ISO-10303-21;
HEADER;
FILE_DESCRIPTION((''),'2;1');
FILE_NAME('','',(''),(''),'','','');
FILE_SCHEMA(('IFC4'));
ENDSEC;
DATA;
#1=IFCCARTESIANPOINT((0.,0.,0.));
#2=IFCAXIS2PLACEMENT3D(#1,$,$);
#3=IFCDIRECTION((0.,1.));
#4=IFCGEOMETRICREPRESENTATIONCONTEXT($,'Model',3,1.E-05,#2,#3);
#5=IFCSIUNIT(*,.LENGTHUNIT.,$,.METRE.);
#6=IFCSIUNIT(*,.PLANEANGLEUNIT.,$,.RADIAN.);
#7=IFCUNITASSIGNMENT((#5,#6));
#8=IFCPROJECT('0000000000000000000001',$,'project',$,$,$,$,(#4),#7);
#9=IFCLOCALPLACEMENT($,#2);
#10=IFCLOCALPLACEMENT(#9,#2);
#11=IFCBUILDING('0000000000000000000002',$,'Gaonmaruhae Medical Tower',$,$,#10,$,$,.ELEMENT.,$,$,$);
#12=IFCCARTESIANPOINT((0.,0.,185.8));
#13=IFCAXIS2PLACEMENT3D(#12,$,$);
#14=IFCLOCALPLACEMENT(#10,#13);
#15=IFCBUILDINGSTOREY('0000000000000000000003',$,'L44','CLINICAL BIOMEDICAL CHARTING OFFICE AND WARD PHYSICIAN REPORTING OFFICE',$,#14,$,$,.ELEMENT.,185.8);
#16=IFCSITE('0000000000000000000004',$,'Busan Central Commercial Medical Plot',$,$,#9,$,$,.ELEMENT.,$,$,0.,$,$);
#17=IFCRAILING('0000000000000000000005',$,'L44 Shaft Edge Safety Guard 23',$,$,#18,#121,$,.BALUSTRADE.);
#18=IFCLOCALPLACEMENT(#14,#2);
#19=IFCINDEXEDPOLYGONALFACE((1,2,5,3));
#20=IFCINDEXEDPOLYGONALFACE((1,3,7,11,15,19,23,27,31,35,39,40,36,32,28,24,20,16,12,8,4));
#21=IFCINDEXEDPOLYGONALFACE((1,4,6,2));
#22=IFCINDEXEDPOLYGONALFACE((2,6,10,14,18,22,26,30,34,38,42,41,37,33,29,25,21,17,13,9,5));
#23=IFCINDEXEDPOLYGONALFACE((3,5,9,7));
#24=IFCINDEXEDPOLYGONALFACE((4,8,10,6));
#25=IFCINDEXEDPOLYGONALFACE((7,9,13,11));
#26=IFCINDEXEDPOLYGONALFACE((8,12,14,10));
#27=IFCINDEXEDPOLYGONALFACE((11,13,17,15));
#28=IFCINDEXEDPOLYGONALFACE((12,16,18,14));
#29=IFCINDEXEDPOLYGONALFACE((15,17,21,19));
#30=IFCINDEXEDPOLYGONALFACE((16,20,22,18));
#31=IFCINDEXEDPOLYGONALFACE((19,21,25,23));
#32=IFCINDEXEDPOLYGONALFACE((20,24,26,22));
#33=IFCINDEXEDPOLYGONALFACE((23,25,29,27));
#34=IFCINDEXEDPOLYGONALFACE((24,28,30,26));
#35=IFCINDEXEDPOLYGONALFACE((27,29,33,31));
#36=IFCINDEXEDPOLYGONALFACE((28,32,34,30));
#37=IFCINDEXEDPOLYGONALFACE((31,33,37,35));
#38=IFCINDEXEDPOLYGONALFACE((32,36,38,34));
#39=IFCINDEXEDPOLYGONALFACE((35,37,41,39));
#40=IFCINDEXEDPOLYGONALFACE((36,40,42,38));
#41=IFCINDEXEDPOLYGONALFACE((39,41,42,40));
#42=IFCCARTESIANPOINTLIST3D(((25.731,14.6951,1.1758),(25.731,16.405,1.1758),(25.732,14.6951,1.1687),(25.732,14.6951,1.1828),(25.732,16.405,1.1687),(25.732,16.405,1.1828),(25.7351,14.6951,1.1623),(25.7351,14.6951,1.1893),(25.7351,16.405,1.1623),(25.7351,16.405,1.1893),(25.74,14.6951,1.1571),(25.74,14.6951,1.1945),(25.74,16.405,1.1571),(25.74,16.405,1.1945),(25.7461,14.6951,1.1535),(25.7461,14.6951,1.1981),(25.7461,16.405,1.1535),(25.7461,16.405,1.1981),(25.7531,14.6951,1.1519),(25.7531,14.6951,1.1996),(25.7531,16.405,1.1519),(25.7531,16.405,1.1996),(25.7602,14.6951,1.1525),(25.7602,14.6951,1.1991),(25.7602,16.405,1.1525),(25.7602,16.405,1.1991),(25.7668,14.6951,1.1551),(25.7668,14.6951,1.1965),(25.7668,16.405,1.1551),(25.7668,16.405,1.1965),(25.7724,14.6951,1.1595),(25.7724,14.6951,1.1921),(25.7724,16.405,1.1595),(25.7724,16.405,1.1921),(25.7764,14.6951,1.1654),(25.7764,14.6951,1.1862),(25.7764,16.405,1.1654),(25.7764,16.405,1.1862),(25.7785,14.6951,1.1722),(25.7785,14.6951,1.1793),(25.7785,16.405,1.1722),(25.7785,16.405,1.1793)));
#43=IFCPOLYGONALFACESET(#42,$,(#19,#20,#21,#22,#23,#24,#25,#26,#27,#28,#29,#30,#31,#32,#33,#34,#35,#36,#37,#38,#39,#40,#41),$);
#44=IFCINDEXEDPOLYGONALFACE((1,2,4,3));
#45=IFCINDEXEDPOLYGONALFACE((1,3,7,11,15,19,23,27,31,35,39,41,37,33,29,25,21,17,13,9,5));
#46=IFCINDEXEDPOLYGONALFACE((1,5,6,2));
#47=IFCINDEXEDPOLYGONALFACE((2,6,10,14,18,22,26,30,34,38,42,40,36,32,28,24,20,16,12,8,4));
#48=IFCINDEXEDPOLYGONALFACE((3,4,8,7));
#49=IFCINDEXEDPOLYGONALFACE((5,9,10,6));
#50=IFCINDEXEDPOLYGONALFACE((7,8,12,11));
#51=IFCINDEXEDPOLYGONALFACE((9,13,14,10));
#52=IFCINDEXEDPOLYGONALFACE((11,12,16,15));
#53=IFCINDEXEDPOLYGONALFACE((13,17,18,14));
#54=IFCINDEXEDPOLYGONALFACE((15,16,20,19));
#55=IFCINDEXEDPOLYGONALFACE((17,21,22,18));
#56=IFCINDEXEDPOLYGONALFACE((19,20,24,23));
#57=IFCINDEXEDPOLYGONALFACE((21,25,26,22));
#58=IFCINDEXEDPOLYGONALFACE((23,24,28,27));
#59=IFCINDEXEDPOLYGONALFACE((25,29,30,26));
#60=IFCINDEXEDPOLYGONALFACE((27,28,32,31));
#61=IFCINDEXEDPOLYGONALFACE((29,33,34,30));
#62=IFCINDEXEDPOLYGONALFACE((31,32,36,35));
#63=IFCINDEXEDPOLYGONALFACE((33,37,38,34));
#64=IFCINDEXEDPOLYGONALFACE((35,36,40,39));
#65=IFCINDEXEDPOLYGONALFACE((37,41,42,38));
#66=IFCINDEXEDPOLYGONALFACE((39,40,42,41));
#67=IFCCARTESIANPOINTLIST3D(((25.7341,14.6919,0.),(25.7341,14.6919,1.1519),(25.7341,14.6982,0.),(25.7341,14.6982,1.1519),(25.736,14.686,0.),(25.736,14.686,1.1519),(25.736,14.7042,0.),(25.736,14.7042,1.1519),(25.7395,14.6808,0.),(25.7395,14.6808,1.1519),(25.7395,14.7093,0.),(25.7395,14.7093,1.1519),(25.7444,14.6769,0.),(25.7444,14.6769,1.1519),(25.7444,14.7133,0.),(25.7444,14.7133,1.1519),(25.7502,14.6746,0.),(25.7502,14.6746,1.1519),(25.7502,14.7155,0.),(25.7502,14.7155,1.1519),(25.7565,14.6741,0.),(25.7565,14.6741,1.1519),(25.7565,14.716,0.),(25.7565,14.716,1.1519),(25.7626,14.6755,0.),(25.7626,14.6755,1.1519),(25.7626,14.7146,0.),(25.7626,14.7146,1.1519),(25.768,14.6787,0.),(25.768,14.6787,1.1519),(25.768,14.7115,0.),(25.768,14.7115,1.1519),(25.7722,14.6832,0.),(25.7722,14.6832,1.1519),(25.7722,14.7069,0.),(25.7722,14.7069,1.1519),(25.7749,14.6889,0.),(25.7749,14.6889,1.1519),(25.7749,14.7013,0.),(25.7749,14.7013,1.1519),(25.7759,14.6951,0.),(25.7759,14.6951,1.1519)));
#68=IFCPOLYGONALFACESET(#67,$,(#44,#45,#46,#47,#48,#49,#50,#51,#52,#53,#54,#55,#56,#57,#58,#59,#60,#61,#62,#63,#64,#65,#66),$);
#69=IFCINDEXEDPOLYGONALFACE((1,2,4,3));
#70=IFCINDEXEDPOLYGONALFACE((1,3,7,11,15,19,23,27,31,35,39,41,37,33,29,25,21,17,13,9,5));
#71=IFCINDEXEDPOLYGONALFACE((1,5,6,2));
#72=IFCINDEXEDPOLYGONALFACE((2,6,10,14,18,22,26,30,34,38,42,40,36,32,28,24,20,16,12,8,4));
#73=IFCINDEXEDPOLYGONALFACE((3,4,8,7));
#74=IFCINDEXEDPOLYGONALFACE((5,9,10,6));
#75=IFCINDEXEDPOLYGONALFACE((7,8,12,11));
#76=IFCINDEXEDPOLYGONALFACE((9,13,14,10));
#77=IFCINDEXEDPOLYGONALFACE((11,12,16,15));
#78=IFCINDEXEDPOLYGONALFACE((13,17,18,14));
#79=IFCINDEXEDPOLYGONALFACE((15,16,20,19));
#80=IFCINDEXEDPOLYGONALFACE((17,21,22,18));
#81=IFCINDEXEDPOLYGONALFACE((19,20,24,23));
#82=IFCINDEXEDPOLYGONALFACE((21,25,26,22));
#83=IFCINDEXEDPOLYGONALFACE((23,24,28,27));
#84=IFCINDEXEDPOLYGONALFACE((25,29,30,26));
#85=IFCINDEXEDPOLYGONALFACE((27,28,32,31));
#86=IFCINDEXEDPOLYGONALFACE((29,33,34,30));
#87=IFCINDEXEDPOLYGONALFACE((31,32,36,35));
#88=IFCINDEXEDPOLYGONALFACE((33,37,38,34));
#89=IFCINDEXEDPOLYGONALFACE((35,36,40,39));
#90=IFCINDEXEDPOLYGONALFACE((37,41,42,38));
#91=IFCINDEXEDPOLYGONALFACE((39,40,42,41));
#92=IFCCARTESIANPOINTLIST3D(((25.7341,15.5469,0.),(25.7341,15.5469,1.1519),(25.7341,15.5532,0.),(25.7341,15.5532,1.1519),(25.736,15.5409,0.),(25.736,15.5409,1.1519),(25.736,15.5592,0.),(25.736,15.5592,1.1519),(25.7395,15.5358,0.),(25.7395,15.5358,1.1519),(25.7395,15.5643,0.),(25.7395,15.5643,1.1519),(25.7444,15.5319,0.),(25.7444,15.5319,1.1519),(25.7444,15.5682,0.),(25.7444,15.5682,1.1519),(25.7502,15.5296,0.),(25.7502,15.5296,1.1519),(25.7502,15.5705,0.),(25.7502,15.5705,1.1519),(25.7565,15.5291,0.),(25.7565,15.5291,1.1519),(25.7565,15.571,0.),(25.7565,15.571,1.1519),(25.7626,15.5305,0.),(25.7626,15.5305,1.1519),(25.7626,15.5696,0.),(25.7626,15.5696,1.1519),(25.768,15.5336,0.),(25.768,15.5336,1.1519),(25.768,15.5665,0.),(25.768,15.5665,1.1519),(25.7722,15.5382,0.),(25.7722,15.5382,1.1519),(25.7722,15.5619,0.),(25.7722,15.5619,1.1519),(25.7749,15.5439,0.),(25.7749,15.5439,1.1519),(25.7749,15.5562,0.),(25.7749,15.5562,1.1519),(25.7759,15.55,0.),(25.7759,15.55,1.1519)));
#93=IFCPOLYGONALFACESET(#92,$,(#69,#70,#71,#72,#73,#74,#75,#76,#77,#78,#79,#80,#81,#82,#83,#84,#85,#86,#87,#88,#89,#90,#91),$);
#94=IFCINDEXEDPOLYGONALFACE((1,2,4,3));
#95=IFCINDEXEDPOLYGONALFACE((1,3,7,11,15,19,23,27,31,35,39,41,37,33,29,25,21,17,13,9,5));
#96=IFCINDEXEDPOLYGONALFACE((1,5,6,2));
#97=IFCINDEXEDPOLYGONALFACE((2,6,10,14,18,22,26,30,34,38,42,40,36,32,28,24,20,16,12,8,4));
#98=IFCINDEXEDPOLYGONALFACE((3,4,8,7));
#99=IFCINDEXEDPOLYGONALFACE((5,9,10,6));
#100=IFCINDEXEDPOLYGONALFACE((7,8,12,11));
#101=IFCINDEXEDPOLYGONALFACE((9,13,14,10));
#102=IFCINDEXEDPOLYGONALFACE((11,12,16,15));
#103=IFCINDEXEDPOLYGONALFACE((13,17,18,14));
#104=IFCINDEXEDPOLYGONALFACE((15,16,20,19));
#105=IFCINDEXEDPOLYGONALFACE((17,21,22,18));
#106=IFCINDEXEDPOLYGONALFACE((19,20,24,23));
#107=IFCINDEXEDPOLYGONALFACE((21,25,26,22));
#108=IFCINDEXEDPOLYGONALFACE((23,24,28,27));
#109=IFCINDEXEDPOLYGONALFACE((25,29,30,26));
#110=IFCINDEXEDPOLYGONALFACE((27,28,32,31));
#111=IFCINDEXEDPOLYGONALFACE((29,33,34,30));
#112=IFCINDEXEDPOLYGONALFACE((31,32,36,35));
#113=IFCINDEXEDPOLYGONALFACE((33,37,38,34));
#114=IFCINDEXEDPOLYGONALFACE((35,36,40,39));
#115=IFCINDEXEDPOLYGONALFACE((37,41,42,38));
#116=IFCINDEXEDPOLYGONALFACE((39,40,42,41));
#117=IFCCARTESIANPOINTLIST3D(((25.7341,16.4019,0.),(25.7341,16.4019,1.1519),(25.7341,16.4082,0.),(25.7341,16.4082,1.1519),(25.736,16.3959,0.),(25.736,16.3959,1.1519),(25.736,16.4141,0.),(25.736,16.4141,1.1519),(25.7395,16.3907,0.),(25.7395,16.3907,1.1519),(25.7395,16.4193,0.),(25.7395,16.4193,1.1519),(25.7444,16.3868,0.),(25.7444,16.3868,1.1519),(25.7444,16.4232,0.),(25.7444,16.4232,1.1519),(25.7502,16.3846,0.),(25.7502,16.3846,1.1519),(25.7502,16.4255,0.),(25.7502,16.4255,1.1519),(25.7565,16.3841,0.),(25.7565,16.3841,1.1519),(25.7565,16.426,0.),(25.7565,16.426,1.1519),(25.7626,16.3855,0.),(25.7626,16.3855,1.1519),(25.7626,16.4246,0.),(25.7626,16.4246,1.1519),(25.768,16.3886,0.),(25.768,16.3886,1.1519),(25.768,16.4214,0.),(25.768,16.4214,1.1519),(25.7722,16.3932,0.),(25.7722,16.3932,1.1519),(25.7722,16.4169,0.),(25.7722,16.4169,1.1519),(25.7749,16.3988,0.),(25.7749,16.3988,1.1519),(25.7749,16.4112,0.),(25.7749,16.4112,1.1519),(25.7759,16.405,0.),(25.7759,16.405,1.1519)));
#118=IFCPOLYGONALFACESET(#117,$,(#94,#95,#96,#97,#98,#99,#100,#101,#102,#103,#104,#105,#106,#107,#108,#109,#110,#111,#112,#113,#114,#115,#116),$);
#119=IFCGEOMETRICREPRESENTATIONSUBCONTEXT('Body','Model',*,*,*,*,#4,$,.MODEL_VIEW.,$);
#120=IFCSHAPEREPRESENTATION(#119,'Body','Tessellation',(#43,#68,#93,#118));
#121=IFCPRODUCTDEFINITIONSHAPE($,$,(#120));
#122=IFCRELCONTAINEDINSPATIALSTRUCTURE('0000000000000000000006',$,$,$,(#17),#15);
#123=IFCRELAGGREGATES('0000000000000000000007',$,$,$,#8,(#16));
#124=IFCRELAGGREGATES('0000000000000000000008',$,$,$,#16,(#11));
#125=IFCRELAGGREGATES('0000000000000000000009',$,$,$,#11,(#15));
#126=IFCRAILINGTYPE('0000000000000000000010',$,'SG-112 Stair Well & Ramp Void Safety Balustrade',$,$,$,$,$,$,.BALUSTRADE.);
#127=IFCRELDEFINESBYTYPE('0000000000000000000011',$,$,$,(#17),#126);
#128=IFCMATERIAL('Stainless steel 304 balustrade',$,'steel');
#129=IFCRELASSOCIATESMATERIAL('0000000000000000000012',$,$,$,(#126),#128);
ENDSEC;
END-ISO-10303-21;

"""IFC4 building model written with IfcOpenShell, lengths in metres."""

from ifc_helpers import new_model, si_unit, direction, frame, origin, origin_2d, place, context, subcontext, project, spatial, circle, extrude, material, type_object, element, save


model = new_model("IFC4")

# Units and contexts
model_context = context("Model", 3, precision=1e-05, world=origin(), true_north=direction((0.0, 1.0)))
body_context = subcontext(model_context, "Body", "Model", "MODEL_VIEW")
ifc_project = project(units=[si_unit("LENGTHUNIT", "METRE"), si_unit("PLANEANGLEUNIT", "RADIAN")], contexts=[model_context])

# Site, building, storey
site_placement = place(None, origin())
site = spatial("IfcSite", under=ifc_project, at=site_placement, Name="Busan Central Commercial Medical Plot", CompositionType="ELEMENT", RefElevation=0.0)
building_placement = place(site_placement, origin())
building = spatial("IfcBuilding", under=site, at=building_placement, Name="Gaonmaruhae Medical Tower", CompositionType="ELEMENT")
storey_placement = place(building_placement, frame((0.0, 0.0, 185.8)))
storey = spatial("IfcBuildingStorey", under=building, at=storey_placement, Name="L44", Description="CLINICAL BIOMEDICAL CHARTING OFFICE AND WARD PHYSICIAN REPORTING OFFICE", CompositionType="ELEMENT", Elevation=185.8)

# Railing
ifc_material_1 = material(Name="Stainless steel 304 balustrade", Category="steel")
railing_type = type_object("IfcRailingType", Name="SG-112 Stair Well & Ramp Void Safety Balustrade", PredefinedType="BALUSTRADE", material=ifc_material_1)
railing_1_placement = place(storey_placement, frame((25.7549, 14.6951, 0.0)))
element("IfcRailing", 1, at=railing_1_placement, inside=storey, type_object=railing_type, Name="L44 Shaft Edge Safety Guard 23", PredefinedType="BALUSTRADE", context=body_context, shape_type="SweptSolid", body=[
    extrude(circle(Radius=0.0239, at=origin_2d()), frame((0.0, 0.0, 1.1758), z_axis=(0.0, 1.0, 0.0), x_axis=(-1.0, 0.0, 0.0)), (0.0, 0.0, 1.0), 1.71),
    extrude(circle(Radius=0.021, at=origin_2d()), origin(), (0.0, 0.0, 1.0), 1.1519),
    extrude(circle(Radius=0.021, at=origin_2d()), frame((0.0, 0.855, 0.0)), (0.0, 0.0, 1.0), 1.1519),
    extrude(circle(Radius=0.021, at=origin_2d()), frame((0.0, 1.71, 0.0)), (0.0, 0.0, 1.0), 1.1519),
])

save(model, "model.ifc")
